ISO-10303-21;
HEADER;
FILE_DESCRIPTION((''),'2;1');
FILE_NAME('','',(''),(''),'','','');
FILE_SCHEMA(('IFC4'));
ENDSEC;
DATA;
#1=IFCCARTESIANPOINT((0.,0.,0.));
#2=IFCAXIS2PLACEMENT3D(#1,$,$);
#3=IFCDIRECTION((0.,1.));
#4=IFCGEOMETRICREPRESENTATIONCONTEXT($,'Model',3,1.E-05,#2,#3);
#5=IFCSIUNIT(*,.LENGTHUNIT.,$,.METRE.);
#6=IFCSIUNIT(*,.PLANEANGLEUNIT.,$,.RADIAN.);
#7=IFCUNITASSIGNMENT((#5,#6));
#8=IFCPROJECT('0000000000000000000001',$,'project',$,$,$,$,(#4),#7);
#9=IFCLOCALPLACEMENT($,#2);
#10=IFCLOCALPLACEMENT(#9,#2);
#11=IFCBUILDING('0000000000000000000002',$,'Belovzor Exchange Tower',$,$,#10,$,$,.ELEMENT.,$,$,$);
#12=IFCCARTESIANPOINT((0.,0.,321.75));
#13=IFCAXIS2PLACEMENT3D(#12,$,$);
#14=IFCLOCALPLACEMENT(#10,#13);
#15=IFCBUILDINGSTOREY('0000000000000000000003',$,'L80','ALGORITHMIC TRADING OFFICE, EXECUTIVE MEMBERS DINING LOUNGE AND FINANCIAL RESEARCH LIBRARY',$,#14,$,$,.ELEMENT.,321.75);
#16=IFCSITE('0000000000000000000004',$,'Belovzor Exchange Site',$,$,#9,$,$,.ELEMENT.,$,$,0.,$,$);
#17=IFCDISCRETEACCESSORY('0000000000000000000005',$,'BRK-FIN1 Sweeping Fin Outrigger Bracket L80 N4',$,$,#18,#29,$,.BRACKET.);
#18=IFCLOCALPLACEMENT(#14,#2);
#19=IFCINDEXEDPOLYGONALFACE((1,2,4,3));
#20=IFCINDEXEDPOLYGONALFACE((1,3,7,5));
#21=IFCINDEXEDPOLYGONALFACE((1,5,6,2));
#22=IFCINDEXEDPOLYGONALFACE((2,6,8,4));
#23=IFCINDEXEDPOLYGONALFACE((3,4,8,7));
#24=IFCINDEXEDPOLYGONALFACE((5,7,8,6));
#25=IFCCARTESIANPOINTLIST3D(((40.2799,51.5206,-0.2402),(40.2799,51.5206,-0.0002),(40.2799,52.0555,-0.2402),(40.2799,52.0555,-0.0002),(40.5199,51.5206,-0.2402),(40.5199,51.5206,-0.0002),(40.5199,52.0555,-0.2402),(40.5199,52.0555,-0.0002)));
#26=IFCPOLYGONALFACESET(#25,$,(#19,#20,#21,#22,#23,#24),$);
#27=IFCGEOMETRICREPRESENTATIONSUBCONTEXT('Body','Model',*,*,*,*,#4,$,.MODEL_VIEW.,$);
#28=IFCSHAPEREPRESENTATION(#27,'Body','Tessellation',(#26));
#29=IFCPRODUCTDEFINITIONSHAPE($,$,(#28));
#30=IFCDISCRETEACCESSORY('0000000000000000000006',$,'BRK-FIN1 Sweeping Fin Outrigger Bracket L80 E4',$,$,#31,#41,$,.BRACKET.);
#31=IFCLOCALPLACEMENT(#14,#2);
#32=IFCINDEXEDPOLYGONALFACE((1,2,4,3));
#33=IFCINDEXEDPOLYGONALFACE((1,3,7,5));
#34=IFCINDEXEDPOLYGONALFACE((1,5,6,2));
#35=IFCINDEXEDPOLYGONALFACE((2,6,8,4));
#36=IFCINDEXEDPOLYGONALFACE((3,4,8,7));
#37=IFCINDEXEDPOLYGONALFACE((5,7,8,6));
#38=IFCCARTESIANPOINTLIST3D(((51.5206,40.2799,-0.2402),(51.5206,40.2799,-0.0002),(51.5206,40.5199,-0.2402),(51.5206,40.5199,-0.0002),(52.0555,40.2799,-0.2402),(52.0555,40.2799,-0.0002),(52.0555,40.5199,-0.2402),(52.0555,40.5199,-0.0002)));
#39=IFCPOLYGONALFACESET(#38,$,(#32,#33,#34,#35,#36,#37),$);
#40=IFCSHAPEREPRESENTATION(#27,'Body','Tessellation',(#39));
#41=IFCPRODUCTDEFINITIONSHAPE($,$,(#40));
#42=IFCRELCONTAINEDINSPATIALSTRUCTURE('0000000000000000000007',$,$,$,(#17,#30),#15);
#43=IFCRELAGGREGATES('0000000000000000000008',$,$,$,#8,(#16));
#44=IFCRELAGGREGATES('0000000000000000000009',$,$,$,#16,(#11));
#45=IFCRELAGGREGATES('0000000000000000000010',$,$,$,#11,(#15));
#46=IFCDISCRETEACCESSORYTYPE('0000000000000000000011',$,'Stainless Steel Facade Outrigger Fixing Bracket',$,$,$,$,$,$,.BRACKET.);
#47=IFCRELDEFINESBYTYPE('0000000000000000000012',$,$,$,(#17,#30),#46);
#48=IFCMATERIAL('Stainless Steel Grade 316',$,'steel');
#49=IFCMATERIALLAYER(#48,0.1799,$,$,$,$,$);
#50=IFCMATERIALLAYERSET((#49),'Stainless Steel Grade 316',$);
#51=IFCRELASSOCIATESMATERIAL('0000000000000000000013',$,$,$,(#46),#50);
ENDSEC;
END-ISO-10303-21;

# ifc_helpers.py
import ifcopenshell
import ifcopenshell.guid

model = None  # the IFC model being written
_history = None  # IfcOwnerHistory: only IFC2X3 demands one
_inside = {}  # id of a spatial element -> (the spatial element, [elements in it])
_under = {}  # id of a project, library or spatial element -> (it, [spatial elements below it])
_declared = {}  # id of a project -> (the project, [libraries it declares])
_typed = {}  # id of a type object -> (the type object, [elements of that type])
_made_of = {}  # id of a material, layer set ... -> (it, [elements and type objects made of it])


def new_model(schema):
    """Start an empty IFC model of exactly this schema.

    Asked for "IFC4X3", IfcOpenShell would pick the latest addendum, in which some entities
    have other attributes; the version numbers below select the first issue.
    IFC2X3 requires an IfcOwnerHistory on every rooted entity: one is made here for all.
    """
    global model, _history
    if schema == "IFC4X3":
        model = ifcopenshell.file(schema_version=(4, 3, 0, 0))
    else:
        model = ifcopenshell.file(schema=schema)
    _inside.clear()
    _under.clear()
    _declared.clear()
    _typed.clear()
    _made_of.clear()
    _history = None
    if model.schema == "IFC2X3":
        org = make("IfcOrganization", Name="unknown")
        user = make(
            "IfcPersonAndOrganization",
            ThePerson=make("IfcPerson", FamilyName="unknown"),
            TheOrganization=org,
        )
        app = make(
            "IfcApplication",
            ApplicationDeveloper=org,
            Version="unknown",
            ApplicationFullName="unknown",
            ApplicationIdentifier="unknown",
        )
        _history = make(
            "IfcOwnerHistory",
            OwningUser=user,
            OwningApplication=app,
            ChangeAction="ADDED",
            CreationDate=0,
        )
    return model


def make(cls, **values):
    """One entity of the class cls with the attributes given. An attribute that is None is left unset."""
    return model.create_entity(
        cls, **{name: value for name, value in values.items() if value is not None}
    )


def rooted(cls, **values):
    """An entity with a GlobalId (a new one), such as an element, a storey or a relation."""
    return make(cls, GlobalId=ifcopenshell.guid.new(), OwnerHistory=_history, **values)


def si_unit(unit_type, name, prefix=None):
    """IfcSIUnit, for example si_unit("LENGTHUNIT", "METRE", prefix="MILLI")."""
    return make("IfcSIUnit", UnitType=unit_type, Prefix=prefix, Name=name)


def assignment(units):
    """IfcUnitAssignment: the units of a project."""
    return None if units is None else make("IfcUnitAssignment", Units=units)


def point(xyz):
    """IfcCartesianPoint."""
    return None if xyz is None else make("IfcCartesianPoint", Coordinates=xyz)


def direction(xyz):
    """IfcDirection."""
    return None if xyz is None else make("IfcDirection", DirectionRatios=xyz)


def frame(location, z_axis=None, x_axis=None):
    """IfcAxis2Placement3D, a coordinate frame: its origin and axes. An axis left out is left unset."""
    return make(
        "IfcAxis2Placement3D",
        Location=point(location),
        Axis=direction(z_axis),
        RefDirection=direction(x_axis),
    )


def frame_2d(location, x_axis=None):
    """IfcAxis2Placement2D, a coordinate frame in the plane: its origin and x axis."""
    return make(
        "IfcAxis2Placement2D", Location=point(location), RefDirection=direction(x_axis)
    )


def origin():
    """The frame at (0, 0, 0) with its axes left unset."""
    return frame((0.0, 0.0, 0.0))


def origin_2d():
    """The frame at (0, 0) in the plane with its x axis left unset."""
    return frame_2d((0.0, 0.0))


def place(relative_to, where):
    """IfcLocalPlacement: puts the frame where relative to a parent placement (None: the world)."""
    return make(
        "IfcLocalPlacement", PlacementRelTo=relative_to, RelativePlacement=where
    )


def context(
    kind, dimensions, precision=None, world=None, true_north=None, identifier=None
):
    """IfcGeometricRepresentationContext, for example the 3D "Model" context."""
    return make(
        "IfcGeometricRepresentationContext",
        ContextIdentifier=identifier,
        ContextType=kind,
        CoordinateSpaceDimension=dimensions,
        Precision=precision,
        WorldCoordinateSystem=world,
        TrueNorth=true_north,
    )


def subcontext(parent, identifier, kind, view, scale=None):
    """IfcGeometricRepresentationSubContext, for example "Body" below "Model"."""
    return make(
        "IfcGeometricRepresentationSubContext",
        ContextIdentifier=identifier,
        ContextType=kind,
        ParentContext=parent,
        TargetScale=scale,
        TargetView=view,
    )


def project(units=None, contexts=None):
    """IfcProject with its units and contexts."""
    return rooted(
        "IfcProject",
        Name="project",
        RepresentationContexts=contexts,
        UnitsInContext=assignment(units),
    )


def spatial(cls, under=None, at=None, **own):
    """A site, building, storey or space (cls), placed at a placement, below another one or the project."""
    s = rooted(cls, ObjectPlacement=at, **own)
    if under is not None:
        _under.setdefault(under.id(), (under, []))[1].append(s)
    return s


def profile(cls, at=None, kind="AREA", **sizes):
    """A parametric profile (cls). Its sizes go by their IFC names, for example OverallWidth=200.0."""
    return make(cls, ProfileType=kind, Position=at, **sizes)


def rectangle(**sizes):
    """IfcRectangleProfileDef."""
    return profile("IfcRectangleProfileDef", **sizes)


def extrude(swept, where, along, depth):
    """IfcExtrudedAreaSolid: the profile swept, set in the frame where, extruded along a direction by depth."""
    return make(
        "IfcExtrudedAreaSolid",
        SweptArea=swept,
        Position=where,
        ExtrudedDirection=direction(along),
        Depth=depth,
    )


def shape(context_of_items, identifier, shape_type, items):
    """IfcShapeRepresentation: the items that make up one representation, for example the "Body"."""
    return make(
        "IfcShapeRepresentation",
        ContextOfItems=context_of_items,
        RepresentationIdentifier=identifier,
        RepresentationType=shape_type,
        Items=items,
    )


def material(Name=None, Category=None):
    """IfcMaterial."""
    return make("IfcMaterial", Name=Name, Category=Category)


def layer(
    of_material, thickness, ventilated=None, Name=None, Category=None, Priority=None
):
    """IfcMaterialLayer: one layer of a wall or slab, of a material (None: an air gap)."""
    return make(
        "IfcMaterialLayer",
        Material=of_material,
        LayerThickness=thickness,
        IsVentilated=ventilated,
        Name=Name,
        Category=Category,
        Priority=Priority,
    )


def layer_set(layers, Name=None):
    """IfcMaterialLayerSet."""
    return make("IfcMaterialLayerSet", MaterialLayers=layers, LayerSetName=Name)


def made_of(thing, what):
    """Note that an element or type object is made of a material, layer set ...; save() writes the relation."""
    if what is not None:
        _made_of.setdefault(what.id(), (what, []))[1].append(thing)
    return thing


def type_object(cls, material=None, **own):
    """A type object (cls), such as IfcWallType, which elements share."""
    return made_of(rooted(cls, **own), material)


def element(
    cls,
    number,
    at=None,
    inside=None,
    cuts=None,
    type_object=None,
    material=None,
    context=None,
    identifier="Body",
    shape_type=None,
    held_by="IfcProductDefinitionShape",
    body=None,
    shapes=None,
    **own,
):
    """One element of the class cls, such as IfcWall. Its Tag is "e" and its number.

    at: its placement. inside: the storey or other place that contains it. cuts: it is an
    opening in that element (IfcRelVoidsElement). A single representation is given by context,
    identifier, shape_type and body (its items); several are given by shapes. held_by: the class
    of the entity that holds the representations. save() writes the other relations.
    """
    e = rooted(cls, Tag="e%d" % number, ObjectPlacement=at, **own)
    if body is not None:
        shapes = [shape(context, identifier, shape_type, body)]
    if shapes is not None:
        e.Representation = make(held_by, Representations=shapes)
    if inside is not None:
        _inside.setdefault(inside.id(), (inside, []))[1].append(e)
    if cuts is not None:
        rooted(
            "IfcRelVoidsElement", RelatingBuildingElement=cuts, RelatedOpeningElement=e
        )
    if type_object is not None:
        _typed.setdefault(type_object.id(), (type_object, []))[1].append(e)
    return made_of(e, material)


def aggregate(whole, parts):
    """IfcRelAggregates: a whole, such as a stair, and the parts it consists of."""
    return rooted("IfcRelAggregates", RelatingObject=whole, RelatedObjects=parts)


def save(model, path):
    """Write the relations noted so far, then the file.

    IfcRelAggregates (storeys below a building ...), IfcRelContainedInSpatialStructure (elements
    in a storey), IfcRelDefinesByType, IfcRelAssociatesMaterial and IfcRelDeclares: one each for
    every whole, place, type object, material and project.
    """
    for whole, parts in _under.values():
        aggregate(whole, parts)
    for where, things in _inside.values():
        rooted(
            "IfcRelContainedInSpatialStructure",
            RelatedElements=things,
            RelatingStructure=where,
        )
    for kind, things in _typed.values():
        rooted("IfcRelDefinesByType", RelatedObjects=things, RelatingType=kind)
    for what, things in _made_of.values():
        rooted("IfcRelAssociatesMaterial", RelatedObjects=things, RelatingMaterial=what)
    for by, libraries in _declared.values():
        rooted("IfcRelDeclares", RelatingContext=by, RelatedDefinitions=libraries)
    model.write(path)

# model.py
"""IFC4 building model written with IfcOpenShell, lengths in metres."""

from ifc_helpers import new_model, si_unit, direction, frame, origin, origin_2d, place, context, subcontext, project, spatial, rectangle, extrude, material, layer, layer_set, type_object, element, save


model = new_model("IFC4")

# Units and contexts
model_context = context("Model", 3, precision=1e-05, world=origin(), true_north=direction((0.0, 1.0)))
body_context = subcontext(model_context, "Body", "Model", "MODEL_VIEW")
ifc_project = project(units=[si_unit("LENGTHUNIT", "METRE"), si_unit("PLANEANGLEUNIT", "RADIAN")], contexts=[model_context])

# Site, building, storey
site_placement = place(None, origin())
site = spatial("IfcSite", under=ifc_project, at=site_placement, Name="Belovzor Exchange Site", CompositionType="ELEMENT", RefElevation=0.0)
building_placement = place(site_placement, origin())
building = spatial("IfcBuilding", under=site, at=building_placement, Name="Belovzor Exchange Tower", CompositionType="ELEMENT")
storey_placement = place(building_placement, frame((0.0, 0.0, 321.75)))
storey = spatial("IfcBuildingStorey", under=building, at=storey_placement, Name="L80", Description="ALGORITHMIC TRADING OFFICE, EXECUTIVE MEMBERS DINING LOUNGE AND FINANCIAL RESEARCH LIBRARY", CompositionType="ELEMENT", Elevation=321.75)

# Discrete accessories
ifc_material_1 = material(Name="Stainless Steel Grade 316", Category="steel")
ifc_layer_1 = layer(ifc_material_1, 0.1799)
ifc_layer_set_1 = layer_set([ifc_layer_1], Name="Stainless Steel Grade 316")
discrete_accessory_type = type_object("IfcDiscreteAccessoryType", Name="Stainless Steel Facade Outrigger Fixing Bracket", PredefinedType="BRACKET", material=ifc_layer_set_1)
for number, where, z_axis, x_axis, name in (
    (1, (40.3999, 51.7881, -0.2402), (0.0, 0.0, 1.0), (0.0, 1.0, 0.0), "BRK-FIN1 Sweeping Fin Outrigger Bracket L80 N4"),
    (2, (51.7881, 40.3999, -0.2402), (0.0, 0.0, 1.0), (1.0, 0.0, 0.0), "BRK-FIN1 Sweeping Fin Outrigger Bracket L80 E4"),
):
    element("IfcDiscreteAccessory", number, at=place(storey_placement, frame(where, z_axis=z_axis, x_axis=x_axis)), inside=storey, type_object=discrete_accessory_type, Name=name, PredefinedType="BRACKET", context=body_context, shape_type="SweptSolid", body=[
        extrude(rectangle(XDim=0.5349, YDim=0.24, at=origin_2d()), origin(), (0.0, 0.0, 1.0), 0.24),
    ])

save(model, "model.ifc")
